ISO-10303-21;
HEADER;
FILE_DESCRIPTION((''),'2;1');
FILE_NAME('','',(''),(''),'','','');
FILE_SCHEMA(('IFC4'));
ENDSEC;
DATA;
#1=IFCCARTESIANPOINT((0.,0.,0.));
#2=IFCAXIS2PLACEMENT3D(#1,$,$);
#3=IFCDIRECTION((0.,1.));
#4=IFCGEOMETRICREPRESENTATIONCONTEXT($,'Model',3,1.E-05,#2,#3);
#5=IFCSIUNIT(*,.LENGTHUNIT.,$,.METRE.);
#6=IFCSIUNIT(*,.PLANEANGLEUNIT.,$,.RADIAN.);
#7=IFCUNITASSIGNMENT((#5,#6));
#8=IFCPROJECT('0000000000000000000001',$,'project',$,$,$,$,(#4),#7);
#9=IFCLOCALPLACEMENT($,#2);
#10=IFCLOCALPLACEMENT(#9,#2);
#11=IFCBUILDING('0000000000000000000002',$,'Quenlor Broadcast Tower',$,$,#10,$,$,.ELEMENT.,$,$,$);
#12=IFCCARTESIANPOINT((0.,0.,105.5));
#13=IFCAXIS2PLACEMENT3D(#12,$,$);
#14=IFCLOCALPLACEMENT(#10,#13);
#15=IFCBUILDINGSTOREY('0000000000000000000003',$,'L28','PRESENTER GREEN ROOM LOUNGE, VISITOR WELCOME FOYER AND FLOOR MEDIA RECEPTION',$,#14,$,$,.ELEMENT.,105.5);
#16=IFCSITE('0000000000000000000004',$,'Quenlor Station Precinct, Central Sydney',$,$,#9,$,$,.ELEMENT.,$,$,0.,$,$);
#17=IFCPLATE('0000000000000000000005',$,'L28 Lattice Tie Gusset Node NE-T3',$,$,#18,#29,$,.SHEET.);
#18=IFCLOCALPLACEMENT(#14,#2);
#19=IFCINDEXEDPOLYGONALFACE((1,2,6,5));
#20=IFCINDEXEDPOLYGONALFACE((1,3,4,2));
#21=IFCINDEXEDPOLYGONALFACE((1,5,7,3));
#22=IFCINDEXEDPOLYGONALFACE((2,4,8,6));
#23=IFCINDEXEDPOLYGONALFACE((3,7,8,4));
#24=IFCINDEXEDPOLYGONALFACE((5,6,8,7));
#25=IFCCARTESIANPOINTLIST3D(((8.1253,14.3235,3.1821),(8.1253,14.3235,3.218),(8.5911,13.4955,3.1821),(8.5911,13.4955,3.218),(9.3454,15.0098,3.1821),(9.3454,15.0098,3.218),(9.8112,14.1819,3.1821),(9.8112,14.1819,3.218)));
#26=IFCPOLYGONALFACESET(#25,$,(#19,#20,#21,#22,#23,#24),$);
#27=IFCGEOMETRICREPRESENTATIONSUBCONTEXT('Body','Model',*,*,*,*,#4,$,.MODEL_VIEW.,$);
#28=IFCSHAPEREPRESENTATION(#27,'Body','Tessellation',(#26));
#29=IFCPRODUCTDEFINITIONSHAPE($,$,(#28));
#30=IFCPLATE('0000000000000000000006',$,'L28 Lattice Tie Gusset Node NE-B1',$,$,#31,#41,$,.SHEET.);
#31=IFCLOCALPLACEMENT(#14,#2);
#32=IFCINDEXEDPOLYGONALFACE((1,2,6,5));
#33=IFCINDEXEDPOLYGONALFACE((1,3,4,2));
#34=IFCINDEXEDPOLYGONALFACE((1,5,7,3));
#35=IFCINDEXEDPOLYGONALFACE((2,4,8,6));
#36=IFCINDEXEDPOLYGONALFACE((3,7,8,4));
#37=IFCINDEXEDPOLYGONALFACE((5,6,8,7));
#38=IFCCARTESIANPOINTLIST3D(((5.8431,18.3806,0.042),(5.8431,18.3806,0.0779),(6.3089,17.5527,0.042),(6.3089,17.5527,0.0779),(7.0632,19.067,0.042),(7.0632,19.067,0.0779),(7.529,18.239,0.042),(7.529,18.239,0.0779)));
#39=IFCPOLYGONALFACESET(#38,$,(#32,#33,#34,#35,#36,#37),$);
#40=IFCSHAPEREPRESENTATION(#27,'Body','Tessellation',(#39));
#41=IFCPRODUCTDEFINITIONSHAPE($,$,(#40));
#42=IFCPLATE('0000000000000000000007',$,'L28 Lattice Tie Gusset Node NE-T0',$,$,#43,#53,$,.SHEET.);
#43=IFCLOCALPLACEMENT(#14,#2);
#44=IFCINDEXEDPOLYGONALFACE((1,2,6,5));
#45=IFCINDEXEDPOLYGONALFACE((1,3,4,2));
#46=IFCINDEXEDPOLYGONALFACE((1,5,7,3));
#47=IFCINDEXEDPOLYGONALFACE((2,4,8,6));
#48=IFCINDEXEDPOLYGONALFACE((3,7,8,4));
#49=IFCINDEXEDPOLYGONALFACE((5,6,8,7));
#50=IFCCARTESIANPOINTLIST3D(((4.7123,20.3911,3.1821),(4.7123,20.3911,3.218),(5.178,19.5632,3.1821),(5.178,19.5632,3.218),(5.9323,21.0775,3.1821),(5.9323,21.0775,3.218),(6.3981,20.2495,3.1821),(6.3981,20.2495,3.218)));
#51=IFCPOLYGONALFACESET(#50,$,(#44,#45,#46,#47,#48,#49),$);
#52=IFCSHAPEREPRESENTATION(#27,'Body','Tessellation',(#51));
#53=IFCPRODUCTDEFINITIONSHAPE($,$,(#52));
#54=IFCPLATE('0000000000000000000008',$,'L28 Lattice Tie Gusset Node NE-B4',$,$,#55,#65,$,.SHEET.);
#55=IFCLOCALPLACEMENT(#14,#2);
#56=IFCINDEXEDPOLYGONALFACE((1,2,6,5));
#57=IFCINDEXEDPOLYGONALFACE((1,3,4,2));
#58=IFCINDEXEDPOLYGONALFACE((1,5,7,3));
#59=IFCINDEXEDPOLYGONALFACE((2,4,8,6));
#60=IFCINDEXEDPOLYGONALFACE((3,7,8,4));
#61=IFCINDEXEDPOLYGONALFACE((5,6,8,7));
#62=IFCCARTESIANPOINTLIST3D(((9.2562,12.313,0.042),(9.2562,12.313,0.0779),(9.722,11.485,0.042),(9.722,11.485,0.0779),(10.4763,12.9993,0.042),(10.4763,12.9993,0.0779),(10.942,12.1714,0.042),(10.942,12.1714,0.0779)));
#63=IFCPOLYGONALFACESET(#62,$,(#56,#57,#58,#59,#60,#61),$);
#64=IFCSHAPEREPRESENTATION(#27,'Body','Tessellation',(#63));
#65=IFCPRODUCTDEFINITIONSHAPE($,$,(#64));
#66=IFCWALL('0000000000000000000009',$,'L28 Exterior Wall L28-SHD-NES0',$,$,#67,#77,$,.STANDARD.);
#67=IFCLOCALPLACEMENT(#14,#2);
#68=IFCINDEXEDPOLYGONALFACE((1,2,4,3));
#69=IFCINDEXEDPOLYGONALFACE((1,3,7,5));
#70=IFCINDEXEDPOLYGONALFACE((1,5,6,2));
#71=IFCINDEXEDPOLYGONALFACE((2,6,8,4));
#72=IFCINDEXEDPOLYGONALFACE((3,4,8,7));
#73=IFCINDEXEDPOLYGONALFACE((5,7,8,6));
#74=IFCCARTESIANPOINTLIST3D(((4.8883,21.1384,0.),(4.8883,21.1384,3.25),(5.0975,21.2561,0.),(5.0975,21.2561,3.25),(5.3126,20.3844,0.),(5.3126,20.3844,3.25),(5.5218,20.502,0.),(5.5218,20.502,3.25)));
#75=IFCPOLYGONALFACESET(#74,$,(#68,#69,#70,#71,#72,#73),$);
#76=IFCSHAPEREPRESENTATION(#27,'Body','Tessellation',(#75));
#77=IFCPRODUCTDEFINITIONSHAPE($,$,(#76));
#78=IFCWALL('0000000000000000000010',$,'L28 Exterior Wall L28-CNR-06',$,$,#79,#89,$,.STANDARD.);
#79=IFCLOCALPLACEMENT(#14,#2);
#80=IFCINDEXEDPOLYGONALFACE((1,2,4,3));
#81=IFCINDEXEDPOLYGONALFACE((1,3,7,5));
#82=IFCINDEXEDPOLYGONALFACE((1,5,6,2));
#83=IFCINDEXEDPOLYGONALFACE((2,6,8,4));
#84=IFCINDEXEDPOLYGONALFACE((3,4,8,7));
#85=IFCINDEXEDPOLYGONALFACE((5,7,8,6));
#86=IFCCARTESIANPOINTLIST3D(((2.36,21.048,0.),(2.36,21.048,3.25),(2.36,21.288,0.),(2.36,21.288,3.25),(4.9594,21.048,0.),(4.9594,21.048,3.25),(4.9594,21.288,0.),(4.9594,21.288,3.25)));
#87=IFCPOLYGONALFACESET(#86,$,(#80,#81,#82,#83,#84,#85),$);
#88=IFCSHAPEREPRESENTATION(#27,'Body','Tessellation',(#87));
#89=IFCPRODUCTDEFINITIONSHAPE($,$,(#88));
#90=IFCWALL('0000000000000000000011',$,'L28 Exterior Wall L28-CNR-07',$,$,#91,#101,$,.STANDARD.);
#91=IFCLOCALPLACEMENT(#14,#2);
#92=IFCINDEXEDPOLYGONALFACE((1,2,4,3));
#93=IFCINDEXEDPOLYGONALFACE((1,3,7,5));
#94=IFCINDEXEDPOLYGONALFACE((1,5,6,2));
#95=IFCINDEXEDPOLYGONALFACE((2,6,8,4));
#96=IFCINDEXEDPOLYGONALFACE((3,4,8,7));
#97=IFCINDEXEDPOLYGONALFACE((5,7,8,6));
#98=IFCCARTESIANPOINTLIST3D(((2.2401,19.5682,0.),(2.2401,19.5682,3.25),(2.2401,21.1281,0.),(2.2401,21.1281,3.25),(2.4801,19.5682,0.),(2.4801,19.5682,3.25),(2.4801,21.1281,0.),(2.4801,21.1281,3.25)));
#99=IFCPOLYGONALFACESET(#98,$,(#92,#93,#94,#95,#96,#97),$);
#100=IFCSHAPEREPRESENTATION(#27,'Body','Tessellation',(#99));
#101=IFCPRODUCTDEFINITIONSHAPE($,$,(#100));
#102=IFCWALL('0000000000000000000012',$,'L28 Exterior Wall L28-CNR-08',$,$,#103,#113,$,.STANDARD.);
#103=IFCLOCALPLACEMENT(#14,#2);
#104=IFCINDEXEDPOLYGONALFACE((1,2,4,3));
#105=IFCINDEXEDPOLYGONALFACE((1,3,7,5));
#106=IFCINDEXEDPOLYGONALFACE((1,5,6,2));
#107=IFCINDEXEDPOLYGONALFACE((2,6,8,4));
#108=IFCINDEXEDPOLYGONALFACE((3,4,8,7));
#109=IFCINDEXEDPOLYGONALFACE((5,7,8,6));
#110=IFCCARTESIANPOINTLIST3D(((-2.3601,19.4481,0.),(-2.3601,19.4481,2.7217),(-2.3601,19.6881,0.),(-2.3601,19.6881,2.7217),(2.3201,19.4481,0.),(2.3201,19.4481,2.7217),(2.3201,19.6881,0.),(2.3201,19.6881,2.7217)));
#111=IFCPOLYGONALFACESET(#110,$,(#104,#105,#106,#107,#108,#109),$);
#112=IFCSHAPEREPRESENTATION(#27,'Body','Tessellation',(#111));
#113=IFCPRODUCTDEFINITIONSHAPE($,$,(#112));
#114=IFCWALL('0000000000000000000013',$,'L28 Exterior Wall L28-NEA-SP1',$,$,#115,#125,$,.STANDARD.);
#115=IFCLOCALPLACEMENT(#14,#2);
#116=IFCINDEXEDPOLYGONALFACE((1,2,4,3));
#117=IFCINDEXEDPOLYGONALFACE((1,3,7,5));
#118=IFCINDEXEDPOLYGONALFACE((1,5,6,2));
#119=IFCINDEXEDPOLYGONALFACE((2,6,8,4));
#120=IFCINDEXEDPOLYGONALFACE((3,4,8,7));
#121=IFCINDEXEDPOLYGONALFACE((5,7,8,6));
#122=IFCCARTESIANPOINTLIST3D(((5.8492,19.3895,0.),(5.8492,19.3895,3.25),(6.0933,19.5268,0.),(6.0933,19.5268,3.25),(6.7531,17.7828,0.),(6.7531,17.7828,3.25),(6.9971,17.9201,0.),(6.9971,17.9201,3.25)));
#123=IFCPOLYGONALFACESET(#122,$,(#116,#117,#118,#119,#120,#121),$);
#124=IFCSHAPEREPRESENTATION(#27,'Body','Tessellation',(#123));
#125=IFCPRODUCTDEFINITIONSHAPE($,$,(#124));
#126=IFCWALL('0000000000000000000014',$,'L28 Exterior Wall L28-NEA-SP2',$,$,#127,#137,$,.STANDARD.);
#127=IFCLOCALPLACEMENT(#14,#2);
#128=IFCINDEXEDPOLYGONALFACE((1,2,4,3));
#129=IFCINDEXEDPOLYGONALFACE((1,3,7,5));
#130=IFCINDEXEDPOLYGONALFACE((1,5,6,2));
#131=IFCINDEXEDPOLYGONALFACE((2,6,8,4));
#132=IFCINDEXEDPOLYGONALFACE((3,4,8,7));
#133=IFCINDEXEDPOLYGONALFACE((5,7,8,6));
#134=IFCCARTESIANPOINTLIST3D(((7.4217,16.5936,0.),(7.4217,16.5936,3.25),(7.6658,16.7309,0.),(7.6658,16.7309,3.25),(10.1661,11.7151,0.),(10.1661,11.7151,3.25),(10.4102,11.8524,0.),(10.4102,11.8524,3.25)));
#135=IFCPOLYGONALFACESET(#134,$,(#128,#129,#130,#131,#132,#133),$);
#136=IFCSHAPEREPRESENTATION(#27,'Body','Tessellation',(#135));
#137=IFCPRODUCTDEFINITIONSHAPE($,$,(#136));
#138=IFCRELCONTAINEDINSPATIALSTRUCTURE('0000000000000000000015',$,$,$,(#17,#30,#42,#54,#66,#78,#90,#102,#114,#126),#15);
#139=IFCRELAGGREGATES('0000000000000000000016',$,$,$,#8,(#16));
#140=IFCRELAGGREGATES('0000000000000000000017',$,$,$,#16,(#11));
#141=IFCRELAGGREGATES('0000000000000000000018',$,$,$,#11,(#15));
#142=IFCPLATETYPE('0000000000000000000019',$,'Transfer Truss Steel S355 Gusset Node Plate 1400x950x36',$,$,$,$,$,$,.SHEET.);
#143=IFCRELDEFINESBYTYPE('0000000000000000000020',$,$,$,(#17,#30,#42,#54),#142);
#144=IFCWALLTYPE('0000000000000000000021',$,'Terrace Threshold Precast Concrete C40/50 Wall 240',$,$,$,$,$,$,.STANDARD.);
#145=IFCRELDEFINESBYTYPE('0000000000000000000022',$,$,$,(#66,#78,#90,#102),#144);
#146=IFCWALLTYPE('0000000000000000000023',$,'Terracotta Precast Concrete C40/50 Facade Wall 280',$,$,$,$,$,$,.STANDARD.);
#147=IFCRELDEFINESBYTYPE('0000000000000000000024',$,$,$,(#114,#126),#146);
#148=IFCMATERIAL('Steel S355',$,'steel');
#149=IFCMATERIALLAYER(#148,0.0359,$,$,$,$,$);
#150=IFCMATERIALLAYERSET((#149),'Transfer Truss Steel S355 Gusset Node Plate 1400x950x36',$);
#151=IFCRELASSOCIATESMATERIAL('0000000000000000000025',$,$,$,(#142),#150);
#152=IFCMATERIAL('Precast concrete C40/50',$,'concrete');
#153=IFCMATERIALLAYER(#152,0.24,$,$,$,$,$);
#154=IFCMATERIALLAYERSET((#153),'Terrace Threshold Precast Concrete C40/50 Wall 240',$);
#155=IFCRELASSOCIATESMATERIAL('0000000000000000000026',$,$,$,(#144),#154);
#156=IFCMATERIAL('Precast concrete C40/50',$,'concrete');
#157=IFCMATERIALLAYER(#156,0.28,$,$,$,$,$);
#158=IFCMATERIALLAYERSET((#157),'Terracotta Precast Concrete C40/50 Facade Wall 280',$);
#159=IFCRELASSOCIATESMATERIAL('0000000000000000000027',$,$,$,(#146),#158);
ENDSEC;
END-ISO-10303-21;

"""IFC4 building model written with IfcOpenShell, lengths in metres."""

from ifc_helpers import new_model, si_unit, direction, frame, frame_2d, origin, origin_2d, place, context, subcontext, project, spatial, rectangle, extrude, material, layer, layer_set, type_object, element, save


model = new_model("IFC4")

# Units and contexts
model_context = context("Model", 3, precision=1e-05, world=origin(), true_north=direction((0.0, 1.0)))
body_context = subcontext(model_context, "Body", "Model", "MODEL_VIEW")
ifc_project = project(units=[si_unit("LENGTHUNIT", "METRE"), si_unit("PLANEANGLEUNIT", "RADIAN")], contexts=[model_context])

# Site, building, storey
site_placement = place(None, origin())
site = spatial("IfcSite", under=ifc_project, at=site_placement, Name="Quenlor Station Precinct, Central Sydney", CompositionType="ELEMENT", RefElevation=0.0)
building_placement = place(site_placement, origin())
building = spatial("IfcBuilding", under=site, at=building_placement, Name="Quenlor Broadcast Tower", CompositionType="ELEMENT")
storey_placement = place(building_placement, frame((0.0, 0.0, 105.5)))
storey = spatial("IfcBuildingStorey", under=building, at=storey_placement, Name="L28", Description="PRESENTER GREEN ROOM LOUNGE, VISITOR WELCOME FOYER AND FLOOR MEDIA RECEPTION", CompositionType="ELEMENT", Elevation=105.5)

# Plates
ifc_material_1 = material(Name="Steel S355", Category="steel")
ifc_layer_1 = layer(ifc_material_1, 0.0359)
ifc_layer_set_1 = layer_set([ifc_layer_1], Name="Transfer Truss Steel S355 Gusset Node Plate 1400x950x36")
plate_type_1 = type_object("IfcPlateType", Name="Transfer Truss Steel S355 Gusset Node Plate 1400x950x36", PredefinedType="SHEET", material=ifc_layer_set_1)
for number, where, z_axis, x_axis, name in (
    (1, (8.9683, 14.2527, 3.1821), (0.0, 0.0, 1.0), (0.871556, 0.490295, 0.0), "L28 Lattice Tie Gusset Node NE-T3"),
    (2, (6.686, 18.3098, 0.042), (0.0, 0.0, 1.0), (0.871556, 0.490295, 0.0), "L28 Lattice Tie Gusset Node NE-B1"),
    (3, (5.5552, 20.3203, 3.1821), (0.0, 0.0, 1.0), (0.871556, 0.490295, 0.0), "L28 Lattice Tie Gusset Node NE-T0"),
    (4, (10.0991, 12.2422, 0.042), (0.0, 0.0, 1.0), (0.871556, 0.490295, 0.0), "L28 Lattice Tie Gusset Node NE-B4"),
):
    element("IfcPlate", number, at=place(storey_placement, frame(where, z_axis=z_axis, x_axis=x_axis)), inside=storey, type_object=plate_type_1, Name=name, PredefinedType="SHEET", context=body_context, shape_type="SweptSolid", body=[
        extrude(rectangle(XDim=1.3999, YDim=0.95, at=origin_2d()), origin(), (0.0, 0.0, 1.0), 0.0359),
    ])

# Walls
ifc_material_2 = material(Name="Precast concrete C40/50", Category="concrete")
ifc_layer_2 = layer(ifc_material_2, 0.24)
ifc_layer_set_2 = layer_set([ifc_layer_2], Name="Terrace Threshold Precast Concrete C40/50 Wall 240")
wall_type_1 = type_object("IfcWallType", Name="Terrace Threshold Precast Concrete C40/50 Wall 240", PredefinedType="STANDARD", material=ifc_layer_set_2)
wall_1_placement = place(storey_placement, frame((4.9929, 21.1973, 0.0), z_axis=(0.0, 0.0, 1.0), x_axis=(0.490355, -0.871523, 0.0)))
element("IfcWall", 5, at=wall_1_placement, inside=storey, type_object=wall_type_1, Name="L28 Exterior Wall L28-SHD-NES0", PredefinedType="STANDARD", context=body_context, shape_type="SweptSolid", body=[
    extrude(rectangle(XDim=0.8652, YDim=0.24, at=frame_2d((0.4326, 0.0))), origin(), (0.0, 0.0, 1.0), 3.25),
])
wall_2_placement = place(storey_placement, frame((4.9595, 21.168, 0.0), z_axis=(0.0, 0.0, 1.0), x_axis=(-1.0, 0.0, 0.0)))
element("IfcWall", 6, at=wall_2_placement, inside=storey, type_object=wall_type_1, Name="L28 Exterior Wall L28-CNR-06", PredefinedType="STANDARD", context=body_context, shape_type="SweptSolid", body=[
    extrude(rectangle(XDim=2.5994, YDim=0.24, at=frame_2d((1.2998, 0.0))), origin(), (0.0, 0.0, 1.0), 3.25),
])
wall_3_placement = place(storey_placement, frame((2.3601, 21.1279, 0.0), z_axis=(0.0, 0.0, 1.0), x_axis=(0.0, -1.0, 0.0)))
element("IfcWall", 7, at=wall_3_placement, inside=storey, type_object=wall_type_1, Name="L28 Exterior Wall L28-CNR-07", PredefinedType="STANDARD", context=body_context, shape_type="SweptSolid", body=[
    extrude(rectangle(XDim=1.5598, YDim=0.24, at=frame_2d((0.7798, 0.0))), origin(), (0.0, 0.0, 1.0), 3.25),
])
wall_4_placement = place(storey_placement, frame((2.3201, 19.5681, 0.0), z_axis=(0.0, 0.0, 1.0), x_axis=(-1.0, 0.0, 0.0)))
element("IfcWall", 8, at=wall_4_placement, inside=storey, type_object=wall_type_1, Name="L28 Exterior Wall L28-CNR-08", PredefinedType="STANDARD", context=body_context, shape_type="SweptSolid", body=[
    extrude(rectangle(XDim=4.6802, YDim=0.24, at=frame_2d((2.3401, 0.0))), origin(), (0.0, 0.0, 1.0), 2.7217),
])
ifc_material_3 = material(Name="Precast concrete C40/50", Category="concrete")
ifc_layer_3 = layer(ifc_material_3, 0.28)
ifc_layer_set_3 = layer_set([ifc_layer_3], Name="Terracotta Precast Concrete C40/50 Facade Wall 280")
wall_type_2 = type_object("IfcWallType", Name="Terracotta Precast Concrete C40/50 Facade Wall 280", PredefinedType="STANDARD", material=ifc_layer_set_3)
wall_5_placement = place(storey_placement, frame((5.9712, 19.4583, 0.0), z_axis=(0.0, 0.0, 1.0), x_axis=(0.49028, -0.871565, 0.0)))
element("IfcWall", 9, at=wall_5_placement, inside=storey, type_object=wall_type_2, Name="L28 Exterior Wall L28-NEA-SP1", PredefinedType="STANDARD", context=body_context, shape_type="SweptSolid", body=[
    extrude(rectangle(XDim=1.8435, YDim=0.28, at=frame_2d((0.9219, 0.0))), origin(), (0.0, 0.0, 1.0), 3.25),
])
wall_6_placement = place(storey_placement, frame((7.5437, 16.6624, 0.0), z_axis=(0.0, 0.0, 1.0), x_axis=(0.490299, -0.871555, 0.0)))
element("IfcWall", 10, at=wall_6_placement, inside=storey, type_object=wall_type_2, Name="L28 Exterior Wall L28-NEA-SP2", PredefinedType="STANDARD", context=body_context, shape_type="SweptSolid", body=[
    extrude(rectangle(XDim=5.5974, YDim=0.28, at=frame_2d((2.7988, 0.0))), origin(), (0.0, 0.0, 1.0), 3.25),
])

save(model, "model.ifc")
